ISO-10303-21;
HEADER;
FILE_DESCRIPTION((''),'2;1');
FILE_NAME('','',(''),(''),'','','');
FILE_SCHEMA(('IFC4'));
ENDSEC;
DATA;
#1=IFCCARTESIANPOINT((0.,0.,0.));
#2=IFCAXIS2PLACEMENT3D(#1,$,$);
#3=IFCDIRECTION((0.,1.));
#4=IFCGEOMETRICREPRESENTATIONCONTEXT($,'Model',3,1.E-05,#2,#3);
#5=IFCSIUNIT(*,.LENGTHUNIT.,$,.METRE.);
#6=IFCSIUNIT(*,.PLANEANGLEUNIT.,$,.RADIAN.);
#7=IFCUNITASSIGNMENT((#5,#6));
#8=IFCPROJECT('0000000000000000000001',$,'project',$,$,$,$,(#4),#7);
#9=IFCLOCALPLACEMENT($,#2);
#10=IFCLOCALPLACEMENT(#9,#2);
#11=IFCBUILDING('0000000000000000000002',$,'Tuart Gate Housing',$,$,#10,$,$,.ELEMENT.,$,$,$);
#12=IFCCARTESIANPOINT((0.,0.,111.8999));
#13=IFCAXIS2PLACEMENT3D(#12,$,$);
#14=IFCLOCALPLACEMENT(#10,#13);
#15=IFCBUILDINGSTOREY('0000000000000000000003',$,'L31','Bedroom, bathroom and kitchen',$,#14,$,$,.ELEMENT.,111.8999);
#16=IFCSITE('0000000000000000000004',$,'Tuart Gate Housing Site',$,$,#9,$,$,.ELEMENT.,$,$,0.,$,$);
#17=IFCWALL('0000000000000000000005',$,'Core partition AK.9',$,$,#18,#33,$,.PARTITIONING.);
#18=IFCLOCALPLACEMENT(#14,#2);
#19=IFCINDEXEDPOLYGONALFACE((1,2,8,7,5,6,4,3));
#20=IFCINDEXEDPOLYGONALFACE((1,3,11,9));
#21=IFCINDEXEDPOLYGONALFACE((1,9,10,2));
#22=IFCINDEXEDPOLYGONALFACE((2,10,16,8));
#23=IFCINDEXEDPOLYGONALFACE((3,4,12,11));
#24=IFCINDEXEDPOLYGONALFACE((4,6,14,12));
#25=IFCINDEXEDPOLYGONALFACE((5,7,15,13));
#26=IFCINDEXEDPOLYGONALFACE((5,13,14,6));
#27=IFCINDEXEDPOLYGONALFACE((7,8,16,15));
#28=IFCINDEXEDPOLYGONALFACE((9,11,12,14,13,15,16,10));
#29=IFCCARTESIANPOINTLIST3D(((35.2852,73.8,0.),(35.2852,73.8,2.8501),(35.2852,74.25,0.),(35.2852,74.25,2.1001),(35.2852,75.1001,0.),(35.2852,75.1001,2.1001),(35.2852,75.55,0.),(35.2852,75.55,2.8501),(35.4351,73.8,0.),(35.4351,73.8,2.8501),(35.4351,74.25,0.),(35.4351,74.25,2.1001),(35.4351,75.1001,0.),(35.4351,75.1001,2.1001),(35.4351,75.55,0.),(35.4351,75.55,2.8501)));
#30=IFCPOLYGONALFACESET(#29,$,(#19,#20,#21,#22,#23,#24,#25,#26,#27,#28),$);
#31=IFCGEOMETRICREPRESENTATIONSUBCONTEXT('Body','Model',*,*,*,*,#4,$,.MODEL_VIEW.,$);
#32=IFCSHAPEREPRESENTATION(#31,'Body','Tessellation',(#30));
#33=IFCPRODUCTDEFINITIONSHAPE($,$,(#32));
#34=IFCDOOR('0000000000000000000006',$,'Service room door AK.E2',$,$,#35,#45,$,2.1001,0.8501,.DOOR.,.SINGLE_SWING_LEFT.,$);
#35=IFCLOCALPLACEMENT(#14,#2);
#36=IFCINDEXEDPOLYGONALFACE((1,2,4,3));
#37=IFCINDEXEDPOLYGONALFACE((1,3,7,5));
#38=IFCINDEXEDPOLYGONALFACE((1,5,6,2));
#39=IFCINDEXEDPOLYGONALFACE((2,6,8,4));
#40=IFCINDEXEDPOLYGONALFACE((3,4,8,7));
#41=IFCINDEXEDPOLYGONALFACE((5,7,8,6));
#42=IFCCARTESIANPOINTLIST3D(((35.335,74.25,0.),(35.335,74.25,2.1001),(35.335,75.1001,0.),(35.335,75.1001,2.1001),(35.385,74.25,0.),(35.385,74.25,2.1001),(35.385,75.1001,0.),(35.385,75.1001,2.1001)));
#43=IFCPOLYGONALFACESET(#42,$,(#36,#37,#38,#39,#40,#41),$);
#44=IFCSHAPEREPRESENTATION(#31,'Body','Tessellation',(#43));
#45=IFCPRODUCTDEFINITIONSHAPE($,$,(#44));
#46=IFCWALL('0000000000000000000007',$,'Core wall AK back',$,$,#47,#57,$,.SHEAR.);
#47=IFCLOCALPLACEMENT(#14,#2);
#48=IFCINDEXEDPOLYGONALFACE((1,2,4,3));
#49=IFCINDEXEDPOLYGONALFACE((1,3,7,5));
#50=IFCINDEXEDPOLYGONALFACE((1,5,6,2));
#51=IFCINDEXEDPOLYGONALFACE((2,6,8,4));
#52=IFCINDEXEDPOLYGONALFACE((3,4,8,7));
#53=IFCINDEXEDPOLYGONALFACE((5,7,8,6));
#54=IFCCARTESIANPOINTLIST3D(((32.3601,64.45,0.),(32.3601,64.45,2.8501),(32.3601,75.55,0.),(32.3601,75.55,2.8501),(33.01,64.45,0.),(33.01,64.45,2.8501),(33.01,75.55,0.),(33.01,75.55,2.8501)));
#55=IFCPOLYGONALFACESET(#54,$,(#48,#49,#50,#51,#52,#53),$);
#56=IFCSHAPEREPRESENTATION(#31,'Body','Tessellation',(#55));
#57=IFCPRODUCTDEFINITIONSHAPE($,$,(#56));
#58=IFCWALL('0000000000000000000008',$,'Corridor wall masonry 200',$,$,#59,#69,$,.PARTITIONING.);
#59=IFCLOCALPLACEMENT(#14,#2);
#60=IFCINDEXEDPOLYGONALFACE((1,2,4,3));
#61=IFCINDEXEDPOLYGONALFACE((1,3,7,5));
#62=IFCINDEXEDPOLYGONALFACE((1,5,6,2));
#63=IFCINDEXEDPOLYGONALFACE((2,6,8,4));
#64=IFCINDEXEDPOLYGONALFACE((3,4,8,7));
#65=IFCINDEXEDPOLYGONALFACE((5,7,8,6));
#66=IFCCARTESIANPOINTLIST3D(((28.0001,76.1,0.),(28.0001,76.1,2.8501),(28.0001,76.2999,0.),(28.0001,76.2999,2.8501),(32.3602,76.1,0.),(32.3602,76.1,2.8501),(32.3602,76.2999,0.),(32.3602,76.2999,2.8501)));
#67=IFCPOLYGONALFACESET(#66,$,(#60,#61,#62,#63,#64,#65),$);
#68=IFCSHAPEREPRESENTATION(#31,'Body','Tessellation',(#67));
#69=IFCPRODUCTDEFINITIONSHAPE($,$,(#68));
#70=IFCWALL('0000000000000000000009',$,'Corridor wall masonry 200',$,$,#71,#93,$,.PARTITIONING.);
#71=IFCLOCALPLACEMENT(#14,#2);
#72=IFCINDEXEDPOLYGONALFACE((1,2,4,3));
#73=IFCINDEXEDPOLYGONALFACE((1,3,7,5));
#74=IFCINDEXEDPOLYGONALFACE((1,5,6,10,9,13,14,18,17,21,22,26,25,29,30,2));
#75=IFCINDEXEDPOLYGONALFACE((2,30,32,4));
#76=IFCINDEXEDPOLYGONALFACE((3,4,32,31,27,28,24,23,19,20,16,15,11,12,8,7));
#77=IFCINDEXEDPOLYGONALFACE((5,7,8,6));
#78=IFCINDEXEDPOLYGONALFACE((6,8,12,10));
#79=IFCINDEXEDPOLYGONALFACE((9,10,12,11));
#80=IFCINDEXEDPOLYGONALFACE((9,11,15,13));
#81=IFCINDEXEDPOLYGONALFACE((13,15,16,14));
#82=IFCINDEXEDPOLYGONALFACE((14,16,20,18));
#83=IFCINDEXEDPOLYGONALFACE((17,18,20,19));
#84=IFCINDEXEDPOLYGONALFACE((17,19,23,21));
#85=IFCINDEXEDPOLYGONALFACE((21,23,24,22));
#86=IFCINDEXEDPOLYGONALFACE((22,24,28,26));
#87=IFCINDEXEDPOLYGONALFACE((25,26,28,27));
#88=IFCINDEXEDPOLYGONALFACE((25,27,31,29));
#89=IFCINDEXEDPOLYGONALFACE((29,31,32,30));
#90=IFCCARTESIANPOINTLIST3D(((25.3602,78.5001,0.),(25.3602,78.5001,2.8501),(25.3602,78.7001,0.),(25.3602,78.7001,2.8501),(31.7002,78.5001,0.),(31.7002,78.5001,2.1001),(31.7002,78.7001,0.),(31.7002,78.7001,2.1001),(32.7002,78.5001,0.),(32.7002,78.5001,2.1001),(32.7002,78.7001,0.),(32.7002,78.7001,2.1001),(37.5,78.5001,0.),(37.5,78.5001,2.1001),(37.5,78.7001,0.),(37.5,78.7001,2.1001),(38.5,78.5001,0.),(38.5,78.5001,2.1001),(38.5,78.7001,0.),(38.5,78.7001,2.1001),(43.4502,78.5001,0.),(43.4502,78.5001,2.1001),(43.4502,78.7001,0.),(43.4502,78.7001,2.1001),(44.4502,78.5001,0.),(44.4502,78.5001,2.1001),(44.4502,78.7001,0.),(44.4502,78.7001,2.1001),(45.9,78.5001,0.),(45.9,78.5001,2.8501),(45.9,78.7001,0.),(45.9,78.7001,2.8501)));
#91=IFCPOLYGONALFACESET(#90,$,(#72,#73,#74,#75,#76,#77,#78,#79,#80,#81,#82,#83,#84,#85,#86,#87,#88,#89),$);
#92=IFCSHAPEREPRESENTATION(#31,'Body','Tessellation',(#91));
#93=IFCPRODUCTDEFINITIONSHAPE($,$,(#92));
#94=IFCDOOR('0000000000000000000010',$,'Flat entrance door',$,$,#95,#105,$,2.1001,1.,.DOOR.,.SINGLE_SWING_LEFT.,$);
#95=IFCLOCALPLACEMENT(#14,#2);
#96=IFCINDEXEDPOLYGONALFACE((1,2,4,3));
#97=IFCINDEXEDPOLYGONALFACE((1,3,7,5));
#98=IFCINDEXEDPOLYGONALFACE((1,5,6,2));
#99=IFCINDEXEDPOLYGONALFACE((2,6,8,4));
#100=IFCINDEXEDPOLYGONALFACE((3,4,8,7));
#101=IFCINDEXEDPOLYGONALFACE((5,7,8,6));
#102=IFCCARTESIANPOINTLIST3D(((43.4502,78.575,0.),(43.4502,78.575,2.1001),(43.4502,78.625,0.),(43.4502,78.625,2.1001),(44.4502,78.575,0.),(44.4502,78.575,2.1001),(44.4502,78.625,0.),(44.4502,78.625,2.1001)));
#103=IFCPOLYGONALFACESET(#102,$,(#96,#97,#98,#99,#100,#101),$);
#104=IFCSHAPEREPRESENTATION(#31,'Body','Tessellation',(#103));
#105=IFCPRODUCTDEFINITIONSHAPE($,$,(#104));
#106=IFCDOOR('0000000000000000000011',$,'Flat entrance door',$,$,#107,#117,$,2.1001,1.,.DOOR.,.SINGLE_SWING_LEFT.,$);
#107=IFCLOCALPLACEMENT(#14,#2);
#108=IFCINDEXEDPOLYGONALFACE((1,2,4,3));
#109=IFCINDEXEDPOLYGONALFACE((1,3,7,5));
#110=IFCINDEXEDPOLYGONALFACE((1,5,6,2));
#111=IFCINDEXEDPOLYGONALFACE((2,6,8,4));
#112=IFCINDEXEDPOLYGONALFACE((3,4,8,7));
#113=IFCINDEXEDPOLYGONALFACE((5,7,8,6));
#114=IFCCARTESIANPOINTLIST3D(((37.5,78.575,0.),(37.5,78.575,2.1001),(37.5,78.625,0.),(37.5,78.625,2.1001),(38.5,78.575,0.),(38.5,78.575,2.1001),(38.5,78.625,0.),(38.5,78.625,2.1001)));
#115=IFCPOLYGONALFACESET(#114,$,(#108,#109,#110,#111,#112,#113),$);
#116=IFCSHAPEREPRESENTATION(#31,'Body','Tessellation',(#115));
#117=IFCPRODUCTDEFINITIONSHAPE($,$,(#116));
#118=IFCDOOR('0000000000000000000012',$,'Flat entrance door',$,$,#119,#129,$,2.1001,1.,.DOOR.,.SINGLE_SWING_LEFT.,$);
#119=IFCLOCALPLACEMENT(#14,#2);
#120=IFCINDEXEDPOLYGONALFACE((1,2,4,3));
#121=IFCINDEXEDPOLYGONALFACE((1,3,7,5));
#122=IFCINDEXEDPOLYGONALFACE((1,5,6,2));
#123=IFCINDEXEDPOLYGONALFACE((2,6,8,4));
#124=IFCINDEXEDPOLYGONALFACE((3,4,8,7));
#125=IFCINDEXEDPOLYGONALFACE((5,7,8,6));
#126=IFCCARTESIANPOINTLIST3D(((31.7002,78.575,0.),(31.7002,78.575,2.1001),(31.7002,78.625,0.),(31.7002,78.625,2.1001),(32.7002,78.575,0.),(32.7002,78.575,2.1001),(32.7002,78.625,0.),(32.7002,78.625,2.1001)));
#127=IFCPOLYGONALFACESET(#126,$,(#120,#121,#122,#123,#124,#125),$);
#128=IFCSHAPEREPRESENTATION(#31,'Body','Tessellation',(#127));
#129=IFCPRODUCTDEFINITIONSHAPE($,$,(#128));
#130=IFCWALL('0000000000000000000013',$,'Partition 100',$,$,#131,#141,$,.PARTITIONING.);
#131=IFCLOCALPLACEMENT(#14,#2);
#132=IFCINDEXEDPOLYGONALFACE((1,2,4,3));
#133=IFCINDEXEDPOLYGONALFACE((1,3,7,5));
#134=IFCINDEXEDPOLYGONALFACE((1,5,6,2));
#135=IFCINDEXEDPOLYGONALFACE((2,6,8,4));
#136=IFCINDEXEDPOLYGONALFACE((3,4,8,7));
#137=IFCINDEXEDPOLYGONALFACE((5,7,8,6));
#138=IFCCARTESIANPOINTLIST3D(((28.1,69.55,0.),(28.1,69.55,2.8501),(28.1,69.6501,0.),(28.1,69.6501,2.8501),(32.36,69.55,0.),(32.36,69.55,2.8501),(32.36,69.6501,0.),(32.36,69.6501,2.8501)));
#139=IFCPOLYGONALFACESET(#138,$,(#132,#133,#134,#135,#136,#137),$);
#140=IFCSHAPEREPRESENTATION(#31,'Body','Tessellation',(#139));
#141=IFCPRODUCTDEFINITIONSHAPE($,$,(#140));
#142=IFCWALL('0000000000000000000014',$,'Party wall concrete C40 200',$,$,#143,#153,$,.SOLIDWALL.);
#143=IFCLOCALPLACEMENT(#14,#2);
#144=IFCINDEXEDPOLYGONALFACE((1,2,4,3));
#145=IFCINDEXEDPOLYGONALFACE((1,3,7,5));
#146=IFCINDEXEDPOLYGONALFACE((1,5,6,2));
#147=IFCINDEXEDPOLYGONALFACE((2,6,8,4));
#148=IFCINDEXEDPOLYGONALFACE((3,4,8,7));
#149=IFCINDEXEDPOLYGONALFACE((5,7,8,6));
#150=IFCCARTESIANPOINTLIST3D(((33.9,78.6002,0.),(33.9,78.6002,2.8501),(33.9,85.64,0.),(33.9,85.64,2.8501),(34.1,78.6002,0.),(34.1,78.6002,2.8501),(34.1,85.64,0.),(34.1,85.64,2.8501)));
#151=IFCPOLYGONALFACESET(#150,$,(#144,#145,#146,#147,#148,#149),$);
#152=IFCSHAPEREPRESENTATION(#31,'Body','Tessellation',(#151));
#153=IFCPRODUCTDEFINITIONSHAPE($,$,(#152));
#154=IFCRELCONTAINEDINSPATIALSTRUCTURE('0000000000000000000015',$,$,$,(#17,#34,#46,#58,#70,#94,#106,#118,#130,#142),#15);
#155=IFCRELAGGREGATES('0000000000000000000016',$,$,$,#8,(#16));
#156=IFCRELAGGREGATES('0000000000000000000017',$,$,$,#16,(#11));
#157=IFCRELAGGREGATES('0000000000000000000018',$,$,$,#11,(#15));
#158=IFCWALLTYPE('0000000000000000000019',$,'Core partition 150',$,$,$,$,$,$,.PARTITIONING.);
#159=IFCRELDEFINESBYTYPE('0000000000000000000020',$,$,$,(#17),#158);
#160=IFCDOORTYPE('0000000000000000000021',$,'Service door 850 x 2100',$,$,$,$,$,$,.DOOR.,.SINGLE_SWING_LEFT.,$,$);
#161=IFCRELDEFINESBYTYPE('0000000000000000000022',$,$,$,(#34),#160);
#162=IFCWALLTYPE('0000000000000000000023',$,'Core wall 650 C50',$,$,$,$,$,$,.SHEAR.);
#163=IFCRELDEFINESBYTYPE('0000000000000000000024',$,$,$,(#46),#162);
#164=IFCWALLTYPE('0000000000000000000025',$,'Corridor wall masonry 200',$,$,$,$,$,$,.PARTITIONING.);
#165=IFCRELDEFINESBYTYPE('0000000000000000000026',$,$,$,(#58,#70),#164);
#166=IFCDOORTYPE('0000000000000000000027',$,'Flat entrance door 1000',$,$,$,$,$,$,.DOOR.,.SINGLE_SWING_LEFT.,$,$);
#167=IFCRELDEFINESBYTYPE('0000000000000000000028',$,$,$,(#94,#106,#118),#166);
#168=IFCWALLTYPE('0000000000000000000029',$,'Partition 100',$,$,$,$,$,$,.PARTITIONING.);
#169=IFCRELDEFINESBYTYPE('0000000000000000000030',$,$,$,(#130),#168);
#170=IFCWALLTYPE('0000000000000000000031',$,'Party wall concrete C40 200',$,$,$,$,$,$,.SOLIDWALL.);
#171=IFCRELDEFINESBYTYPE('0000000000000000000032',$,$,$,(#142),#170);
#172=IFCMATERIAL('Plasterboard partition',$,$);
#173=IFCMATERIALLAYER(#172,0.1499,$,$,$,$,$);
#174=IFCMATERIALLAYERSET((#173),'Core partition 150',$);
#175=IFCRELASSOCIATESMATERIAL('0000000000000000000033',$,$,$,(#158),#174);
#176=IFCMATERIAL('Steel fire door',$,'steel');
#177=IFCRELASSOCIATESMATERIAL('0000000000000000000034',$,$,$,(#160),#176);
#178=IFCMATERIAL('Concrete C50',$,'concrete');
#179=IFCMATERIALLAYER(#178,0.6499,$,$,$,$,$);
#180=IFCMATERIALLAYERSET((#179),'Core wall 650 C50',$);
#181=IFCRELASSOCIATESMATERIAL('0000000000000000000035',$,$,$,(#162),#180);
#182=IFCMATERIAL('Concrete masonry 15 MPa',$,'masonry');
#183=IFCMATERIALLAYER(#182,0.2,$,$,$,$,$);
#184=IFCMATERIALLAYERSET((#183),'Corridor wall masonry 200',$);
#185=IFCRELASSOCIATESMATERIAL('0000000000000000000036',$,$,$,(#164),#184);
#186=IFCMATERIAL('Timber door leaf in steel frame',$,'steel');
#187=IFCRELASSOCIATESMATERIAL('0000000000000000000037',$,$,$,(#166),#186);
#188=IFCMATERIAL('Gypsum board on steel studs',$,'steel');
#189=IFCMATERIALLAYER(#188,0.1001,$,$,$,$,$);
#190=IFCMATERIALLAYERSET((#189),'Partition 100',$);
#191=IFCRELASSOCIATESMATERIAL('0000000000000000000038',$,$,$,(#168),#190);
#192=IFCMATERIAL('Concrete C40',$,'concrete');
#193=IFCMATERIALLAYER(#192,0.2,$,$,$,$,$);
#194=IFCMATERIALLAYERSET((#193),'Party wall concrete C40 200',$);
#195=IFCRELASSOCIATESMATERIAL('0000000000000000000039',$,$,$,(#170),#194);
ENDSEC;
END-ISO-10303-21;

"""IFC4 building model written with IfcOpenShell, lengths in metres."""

from ifc_helpers import new_model, si_unit, direction, frame, frame_2d, origin, place, context, subcontext, project, spatial, rectangle, extrude, material, layer, layer_set, type_object, element, fill, save


model = new_model("IFC4")

# Units and contexts
model_context = context("Model", 3, precision=1e-05, world=origin(), true_north=direction((0.0, 1.0)))
body_context = subcontext(model_context, "Body", "Model", "MODEL_VIEW")
ifc_project = project(units=[si_unit("LENGTHUNIT", "METRE"), si_unit("PLANEANGLEUNIT", "RADIAN")], contexts=[model_context])

# Site, building, storey
site_placement = place(None, origin())
site = spatial("IfcSite", under=ifc_project, at=site_placement, Name="Tuart Gate Housing Site", CompositionType="ELEMENT", RefElevation=0.0)
building_placement = place(site_placement, origin())
building = spatial("IfcBuilding", under=site, at=building_placement, Name="Tuart Gate Housing", CompositionType="ELEMENT")
storey_placement = place(building_placement, frame((0.0, 0.0, 111.8999)))
storey = spatial("IfcBuildingStorey", under=building, at=storey_placement, Name="L31", Description="Bedroom, bathroom and kitchen", CompositionType="ELEMENT", Elevation=111.8999)

# Wall, opening, door
ifc_material_1 = material(Name="Plasterboard partition")
ifc_layer_1 = layer(ifc_material_1, 0.1499)
ifc_layer_set_1 = layer_set([ifc_layer_1], Name="Core partition 150")
wall_type_1 = type_object("IfcWallType", Name="Core partition 150", PredefinedType="PARTITIONING", material=ifc_layer_set_1)
wall_1_placement = place(storey_placement, frame((35.3601, 75.55, 0.0), z_axis=(0.0, 0.0, 1.0), x_axis=(0.0, -1.0, 0.0)))
wall_1 = element("IfcWall", 1, at=wall_1_placement, inside=storey, type_object=wall_type_1, Name="Core partition AK.9", PredefinedType="PARTITIONING", context=body_context, shape_type="SweptSolid", body=[
    extrude(rectangle(XDim=1.75, YDim=0.1499, at=frame_2d((0.875, 0.0))), origin(), (0.0, 0.0, 1.0), 2.8501),
])
opening_1_placement = place(wall_1_placement, frame((0.45, 0.0, 0.0)))
opening_1 = element("IfcOpeningElement", 2, at=opening_1_placement, cuts=wall_1, PredefinedType="OPENING", context=body_context, shape_type="SweptSolid", body=[
    extrude(rectangle(XDim=0.8501, YDim=2.1001, at=frame_2d((0.425, 1.05))), frame((0.0, 0.085, 0.0), z_axis=(0.0, -1.0, 0.0), x_axis=(1.0, 0.0, 0.0)), (0.0, 0.0, 1.0), 0.1699),
])
ifc_material_2 = material(Name="Steel fire door", Category="steel")
door_type_1 = type_object("IfcDoorType", Name="Service door 850 x 2100", OperationType="SINGLE_SWING_LEFT", PredefinedType="DOOR", material=ifc_material_2)
door_1_placement = place(opening_1_placement, origin())
door_1 = element("IfcDoor", 3, at=door_1_placement, inside=storey, type_object=door_type_1, Name="Service room door AK.E2", OperationType="SINGLE_SWING_LEFT", OverallHeight=2.1001, OverallWidth=0.8501, PredefinedType="DOOR", context=body_context, shape_type="SweptSolid", body=[
    extrude(rectangle(XDim=0.8501, YDim=2.1001, at=frame_2d((0.425, 1.05))), frame((0.0, 0.0249, 0.0), z_axis=(0.0, -1.0, 0.0), x_axis=(1.0, 0.0, 0.0)), (0.0, 0.0, 1.0), 0.05),
])
fill(opening_1, door_1)

# Walls
ifc_material_3 = material(Name="Concrete C50", Category="concrete")
ifc_layer_2 = layer(ifc_material_3, 0.6499)
ifc_layer_set_2 = layer_set([ifc_layer_2], Name="Core wall 650 C50")
wall_type_2 = type_object("IfcWallType", Name="Core wall 650 C50", PredefinedType="SHEAR", material=ifc_layer_set_2)
wall_2_placement = place(storey_placement, frame((32.6851, 75.55, 0.0), z_axis=(0.0, 0.0, 1.0), x_axis=(0.0, -1.0, 0.0)))
element("IfcWall", 4, at=wall_2_placement, inside=storey, type_object=wall_type_2, Name="Core wall AK back", PredefinedType="SHEAR", context=body_context, shape_type="SweptSolid", body=[
    extrude(rectangle(XDim=11.1001, YDim=0.6499, at=frame_2d((5.55, 0.0))), origin(), (0.0, 0.0, 1.0), 2.8501),
])
ifc_material_4 = material(Name="Concrete masonry 15 MPa", Category="masonry")
ifc_layer_3 = layer(ifc_material_4, 0.2)
ifc_layer_set_3 = layer_set([ifc_layer_3], Name="Corridor wall masonry 200")
wall_type_3 = type_object("IfcWallType", Name="Corridor wall masonry 200", PredefinedType="PARTITIONING", material=ifc_layer_set_3)
wall_3_placement = place(storey_placement, frame((28.0, 76.2, 0.0), z_axis=(0.0, 0.0, 1.0), x_axis=(1.0, 0.0, 0.0)))
element("IfcWall", 5, at=wall_3_placement, inside=storey, type_object=wall_type_3, Name="Corridor wall masonry 200", PredefinedType="PARTITIONING", context=body_context, shape_type="SweptSolid", body=[
    extrude(rectangle(XDim=4.3601, YDim=0.2, at=frame_2d((2.1802, 0.0))), origin(), (0.0, 0.0, 1.0), 2.8501),
])

# Wall, openings, doors
wall_4_placement = place(storey_placement, frame((25.3601, 78.6001, 0.0), z_axis=(0.0, 0.0, 1.0), x_axis=(1.0, 0.0, 0.0)))
wall_4 = element("IfcWall", 6, at=wall_4_placement, inside=storey, type_object=wall_type_3, Name="Corridor wall masonry 200", PredefinedType="PARTITIONING", context=body_context, shape_type="SweptSolid", body=[
    extrude(rectangle(XDim=20.5398, YDim=0.2, at=frame_2d((10.27, 0.0))), origin(), (0.0, 0.0, 1.0), 2.8501),
])
opening_2_placement = place(wall_4_placement, frame((18.0901, 0.0, 0.0)))
opening_2 = element("IfcOpeningElement", 7, at=opening_2_placement, cuts=wall_4, PredefinedType="OPENING", context=body_context, shape_type="SweptSolid", body=[
    extrude(rectangle(XDim=1.0, YDim=2.1001, at=frame_2d((0.5, 1.05))), frame((0.0, 0.1099, 0.0), z_axis=(0.0, -1.0, 0.0), x_axis=(1.0, 0.0, 0.0)), (0.0, 0.0, 1.0), 0.22),
])
opening_3_placement = place(wall_4_placement, frame((12.1399, 0.0, 0.0)))
opening_3 = element("IfcOpeningElement", 8, at=opening_3_placement, cuts=wall_4, PredefinedType="OPENING", context=body_context, shape_type="SweptSolid", body=[
    extrude(rectangle(XDim=1.0, YDim=2.1001, at=frame_2d((0.5, 1.05))), frame((0.0, 0.1099, 0.0), z_axis=(0.0, -1.0, 0.0), x_axis=(1.0, 0.0, 0.0)), (0.0, 0.0, 1.0), 0.22),
])
opening_4_placement = place(wall_4_placement, frame((6.3401, 0.0, 0.0)))
opening_4 = element("IfcOpeningElement", 9, at=opening_4_placement, cuts=wall_4, PredefinedType="OPENING", context=body_context, shape_type="SweptSolid", body=[
    extrude(rectangle(XDim=1.0, YDim=2.1001, at=frame_2d((0.5, 1.05))), frame((0.0, 0.1099, 0.0), z_axis=(0.0, -1.0, 0.0), x_axis=(1.0, 0.0, 0.0)), (0.0, 0.0, 1.0), 0.22),
])
ifc_material_5 = material(Name="Timber door leaf in steel frame", Category="steel")
door_type_2 = type_object("IfcDoorType", Name="Flat entrance door 1000", OperationType="SINGLE_SWING_LEFT", PredefinedType="DOOR", material=ifc_material_5)
door_2_placement = place(opening_2_placement, origin())
door_2 = element("IfcDoor", 10, at=door_2_placement, inside=storey, type_object=door_type_2, Name="Flat entrance door", OperationType="SINGLE_SWING_LEFT", OverallHeight=2.1001, OverallWidth=1.0, PredefinedType="DOOR", context=body_context, shape_type="SweptSolid", body=[
    extrude(rectangle(XDim=1.0, YDim=2.1001, at=frame_2d((0.5, 1.05))), frame((0.0, 0.0249, 0.0), z_axis=(0.0, -1.0, 0.0), x_axis=(1.0, 0.0, 0.0)), (0.0, 0.0, 1.0), 0.05),
])
fill(opening_2, door_2)
door_3_placement = place(opening_3_placement, origin())
door_3 = element("IfcDoor", 11, at=door_3_placement, inside=storey, type_object=door_type_2, Name="Flat entrance door", OperationType="SINGLE_SWING_LEFT", OverallHeight=2.1001, OverallWidth=1.0, PredefinedType="DOOR", context=body_context, shape_type="SweptSolid", body=[
    extrude(rectangle(XDim=1.0, YDim=2.1001, at=frame_2d((0.5, 1.05))), frame((0.0, 0.0249, 0.0), z_axis=(0.0, -1.0, 0.0), x_axis=(1.0, 0.0, 0.0)), (0.0, 0.0, 1.0), 0.05),
])
fill(opening_3, door_3)
door_4_placement = place(opening_4_placement, origin())
door_4 = element("IfcDoor", 12, at=door_4_placement, inside=storey, type_object=door_type_2, Name="Flat entrance door", OperationType="SINGLE_SWING_LEFT", OverallHeight=2.1001, OverallWidth=1.0, PredefinedType="DOOR", context=body_context, shape_type="SweptSolid", body=[
    extrude(rectangle(XDim=1.0, YDim=2.1001, at=frame_2d((0.5, 1.05))), frame((0.0, 0.0249, 0.0), z_axis=(0.0, -1.0, 0.0), x_axis=(1.0, 0.0, 0.0)), (0.0, 0.0, 1.0), 0.05),
])
fill(opening_4, door_4)

# Walls
ifc_material_6 = material(Name="Gypsum board on steel studs", Category="steel")
ifc_layer_4 = layer(ifc_material_6, 0.1001)
ifc_layer_set_4 = layer_set([ifc_layer_4], Name="Partition 100")
wall_type_4 = type_object("IfcWallType", Name="Partition 100", PredefinedType="PARTITIONING", material=ifc_layer_set_4)
wall_5_placement = place(storey_placement, frame((28.1001, 69.6001, 0.0), z_axis=(0.0, 0.0, 1.0), x_axis=(1.0, 0.0, 0.0)))
element("IfcWall", 13, at=wall_5_placement, inside=storey, type_object=wall_type_4, Name="Partition 100", PredefinedType="PARTITIONING", context=body_context, shape_type="SweptSolid", body=[
    extrude(rectangle(XDim=4.26, YDim=0.1001, at=frame_2d((2.1299, 0.0))), origin(), (0.0, 0.0, 1.0), 2.8501),
])
ifc_material_7 = material(Name="Concrete C40", Category="concrete")
ifc_layer_5 = layer(ifc_material_7, 0.2)
ifc_layer_set_5 = layer_set([ifc_layer_5], Name="Party wall concrete C40 200")
wall_type_5 = type_object("IfcWallType", Name="Party wall concrete C40 200", PredefinedType="SOLIDWALL", material=ifc_layer_set_5)
wall_6_placement = place(storey_placement, frame((34.0, 78.6001, 0.0), z_axis=(0.0, 0.0, 1.0), x_axis=(0.0, 1.0, 0.0)))
element("IfcWall", 14, at=wall_6_placement, inside=storey, type_object=wall_type_5, Name="Party wall concrete C40 200", PredefinedType="SOLIDWALL", context=body_context, shape_type="SweptSolid", body=[
    extrude(rectangle(XDim=7.0398, YDim=0.2, at=frame_2d((3.52, 0.0))), origin(), (0.0, 0.0, 1.0), 2.8501),
])

save(model, "model.ifc")
